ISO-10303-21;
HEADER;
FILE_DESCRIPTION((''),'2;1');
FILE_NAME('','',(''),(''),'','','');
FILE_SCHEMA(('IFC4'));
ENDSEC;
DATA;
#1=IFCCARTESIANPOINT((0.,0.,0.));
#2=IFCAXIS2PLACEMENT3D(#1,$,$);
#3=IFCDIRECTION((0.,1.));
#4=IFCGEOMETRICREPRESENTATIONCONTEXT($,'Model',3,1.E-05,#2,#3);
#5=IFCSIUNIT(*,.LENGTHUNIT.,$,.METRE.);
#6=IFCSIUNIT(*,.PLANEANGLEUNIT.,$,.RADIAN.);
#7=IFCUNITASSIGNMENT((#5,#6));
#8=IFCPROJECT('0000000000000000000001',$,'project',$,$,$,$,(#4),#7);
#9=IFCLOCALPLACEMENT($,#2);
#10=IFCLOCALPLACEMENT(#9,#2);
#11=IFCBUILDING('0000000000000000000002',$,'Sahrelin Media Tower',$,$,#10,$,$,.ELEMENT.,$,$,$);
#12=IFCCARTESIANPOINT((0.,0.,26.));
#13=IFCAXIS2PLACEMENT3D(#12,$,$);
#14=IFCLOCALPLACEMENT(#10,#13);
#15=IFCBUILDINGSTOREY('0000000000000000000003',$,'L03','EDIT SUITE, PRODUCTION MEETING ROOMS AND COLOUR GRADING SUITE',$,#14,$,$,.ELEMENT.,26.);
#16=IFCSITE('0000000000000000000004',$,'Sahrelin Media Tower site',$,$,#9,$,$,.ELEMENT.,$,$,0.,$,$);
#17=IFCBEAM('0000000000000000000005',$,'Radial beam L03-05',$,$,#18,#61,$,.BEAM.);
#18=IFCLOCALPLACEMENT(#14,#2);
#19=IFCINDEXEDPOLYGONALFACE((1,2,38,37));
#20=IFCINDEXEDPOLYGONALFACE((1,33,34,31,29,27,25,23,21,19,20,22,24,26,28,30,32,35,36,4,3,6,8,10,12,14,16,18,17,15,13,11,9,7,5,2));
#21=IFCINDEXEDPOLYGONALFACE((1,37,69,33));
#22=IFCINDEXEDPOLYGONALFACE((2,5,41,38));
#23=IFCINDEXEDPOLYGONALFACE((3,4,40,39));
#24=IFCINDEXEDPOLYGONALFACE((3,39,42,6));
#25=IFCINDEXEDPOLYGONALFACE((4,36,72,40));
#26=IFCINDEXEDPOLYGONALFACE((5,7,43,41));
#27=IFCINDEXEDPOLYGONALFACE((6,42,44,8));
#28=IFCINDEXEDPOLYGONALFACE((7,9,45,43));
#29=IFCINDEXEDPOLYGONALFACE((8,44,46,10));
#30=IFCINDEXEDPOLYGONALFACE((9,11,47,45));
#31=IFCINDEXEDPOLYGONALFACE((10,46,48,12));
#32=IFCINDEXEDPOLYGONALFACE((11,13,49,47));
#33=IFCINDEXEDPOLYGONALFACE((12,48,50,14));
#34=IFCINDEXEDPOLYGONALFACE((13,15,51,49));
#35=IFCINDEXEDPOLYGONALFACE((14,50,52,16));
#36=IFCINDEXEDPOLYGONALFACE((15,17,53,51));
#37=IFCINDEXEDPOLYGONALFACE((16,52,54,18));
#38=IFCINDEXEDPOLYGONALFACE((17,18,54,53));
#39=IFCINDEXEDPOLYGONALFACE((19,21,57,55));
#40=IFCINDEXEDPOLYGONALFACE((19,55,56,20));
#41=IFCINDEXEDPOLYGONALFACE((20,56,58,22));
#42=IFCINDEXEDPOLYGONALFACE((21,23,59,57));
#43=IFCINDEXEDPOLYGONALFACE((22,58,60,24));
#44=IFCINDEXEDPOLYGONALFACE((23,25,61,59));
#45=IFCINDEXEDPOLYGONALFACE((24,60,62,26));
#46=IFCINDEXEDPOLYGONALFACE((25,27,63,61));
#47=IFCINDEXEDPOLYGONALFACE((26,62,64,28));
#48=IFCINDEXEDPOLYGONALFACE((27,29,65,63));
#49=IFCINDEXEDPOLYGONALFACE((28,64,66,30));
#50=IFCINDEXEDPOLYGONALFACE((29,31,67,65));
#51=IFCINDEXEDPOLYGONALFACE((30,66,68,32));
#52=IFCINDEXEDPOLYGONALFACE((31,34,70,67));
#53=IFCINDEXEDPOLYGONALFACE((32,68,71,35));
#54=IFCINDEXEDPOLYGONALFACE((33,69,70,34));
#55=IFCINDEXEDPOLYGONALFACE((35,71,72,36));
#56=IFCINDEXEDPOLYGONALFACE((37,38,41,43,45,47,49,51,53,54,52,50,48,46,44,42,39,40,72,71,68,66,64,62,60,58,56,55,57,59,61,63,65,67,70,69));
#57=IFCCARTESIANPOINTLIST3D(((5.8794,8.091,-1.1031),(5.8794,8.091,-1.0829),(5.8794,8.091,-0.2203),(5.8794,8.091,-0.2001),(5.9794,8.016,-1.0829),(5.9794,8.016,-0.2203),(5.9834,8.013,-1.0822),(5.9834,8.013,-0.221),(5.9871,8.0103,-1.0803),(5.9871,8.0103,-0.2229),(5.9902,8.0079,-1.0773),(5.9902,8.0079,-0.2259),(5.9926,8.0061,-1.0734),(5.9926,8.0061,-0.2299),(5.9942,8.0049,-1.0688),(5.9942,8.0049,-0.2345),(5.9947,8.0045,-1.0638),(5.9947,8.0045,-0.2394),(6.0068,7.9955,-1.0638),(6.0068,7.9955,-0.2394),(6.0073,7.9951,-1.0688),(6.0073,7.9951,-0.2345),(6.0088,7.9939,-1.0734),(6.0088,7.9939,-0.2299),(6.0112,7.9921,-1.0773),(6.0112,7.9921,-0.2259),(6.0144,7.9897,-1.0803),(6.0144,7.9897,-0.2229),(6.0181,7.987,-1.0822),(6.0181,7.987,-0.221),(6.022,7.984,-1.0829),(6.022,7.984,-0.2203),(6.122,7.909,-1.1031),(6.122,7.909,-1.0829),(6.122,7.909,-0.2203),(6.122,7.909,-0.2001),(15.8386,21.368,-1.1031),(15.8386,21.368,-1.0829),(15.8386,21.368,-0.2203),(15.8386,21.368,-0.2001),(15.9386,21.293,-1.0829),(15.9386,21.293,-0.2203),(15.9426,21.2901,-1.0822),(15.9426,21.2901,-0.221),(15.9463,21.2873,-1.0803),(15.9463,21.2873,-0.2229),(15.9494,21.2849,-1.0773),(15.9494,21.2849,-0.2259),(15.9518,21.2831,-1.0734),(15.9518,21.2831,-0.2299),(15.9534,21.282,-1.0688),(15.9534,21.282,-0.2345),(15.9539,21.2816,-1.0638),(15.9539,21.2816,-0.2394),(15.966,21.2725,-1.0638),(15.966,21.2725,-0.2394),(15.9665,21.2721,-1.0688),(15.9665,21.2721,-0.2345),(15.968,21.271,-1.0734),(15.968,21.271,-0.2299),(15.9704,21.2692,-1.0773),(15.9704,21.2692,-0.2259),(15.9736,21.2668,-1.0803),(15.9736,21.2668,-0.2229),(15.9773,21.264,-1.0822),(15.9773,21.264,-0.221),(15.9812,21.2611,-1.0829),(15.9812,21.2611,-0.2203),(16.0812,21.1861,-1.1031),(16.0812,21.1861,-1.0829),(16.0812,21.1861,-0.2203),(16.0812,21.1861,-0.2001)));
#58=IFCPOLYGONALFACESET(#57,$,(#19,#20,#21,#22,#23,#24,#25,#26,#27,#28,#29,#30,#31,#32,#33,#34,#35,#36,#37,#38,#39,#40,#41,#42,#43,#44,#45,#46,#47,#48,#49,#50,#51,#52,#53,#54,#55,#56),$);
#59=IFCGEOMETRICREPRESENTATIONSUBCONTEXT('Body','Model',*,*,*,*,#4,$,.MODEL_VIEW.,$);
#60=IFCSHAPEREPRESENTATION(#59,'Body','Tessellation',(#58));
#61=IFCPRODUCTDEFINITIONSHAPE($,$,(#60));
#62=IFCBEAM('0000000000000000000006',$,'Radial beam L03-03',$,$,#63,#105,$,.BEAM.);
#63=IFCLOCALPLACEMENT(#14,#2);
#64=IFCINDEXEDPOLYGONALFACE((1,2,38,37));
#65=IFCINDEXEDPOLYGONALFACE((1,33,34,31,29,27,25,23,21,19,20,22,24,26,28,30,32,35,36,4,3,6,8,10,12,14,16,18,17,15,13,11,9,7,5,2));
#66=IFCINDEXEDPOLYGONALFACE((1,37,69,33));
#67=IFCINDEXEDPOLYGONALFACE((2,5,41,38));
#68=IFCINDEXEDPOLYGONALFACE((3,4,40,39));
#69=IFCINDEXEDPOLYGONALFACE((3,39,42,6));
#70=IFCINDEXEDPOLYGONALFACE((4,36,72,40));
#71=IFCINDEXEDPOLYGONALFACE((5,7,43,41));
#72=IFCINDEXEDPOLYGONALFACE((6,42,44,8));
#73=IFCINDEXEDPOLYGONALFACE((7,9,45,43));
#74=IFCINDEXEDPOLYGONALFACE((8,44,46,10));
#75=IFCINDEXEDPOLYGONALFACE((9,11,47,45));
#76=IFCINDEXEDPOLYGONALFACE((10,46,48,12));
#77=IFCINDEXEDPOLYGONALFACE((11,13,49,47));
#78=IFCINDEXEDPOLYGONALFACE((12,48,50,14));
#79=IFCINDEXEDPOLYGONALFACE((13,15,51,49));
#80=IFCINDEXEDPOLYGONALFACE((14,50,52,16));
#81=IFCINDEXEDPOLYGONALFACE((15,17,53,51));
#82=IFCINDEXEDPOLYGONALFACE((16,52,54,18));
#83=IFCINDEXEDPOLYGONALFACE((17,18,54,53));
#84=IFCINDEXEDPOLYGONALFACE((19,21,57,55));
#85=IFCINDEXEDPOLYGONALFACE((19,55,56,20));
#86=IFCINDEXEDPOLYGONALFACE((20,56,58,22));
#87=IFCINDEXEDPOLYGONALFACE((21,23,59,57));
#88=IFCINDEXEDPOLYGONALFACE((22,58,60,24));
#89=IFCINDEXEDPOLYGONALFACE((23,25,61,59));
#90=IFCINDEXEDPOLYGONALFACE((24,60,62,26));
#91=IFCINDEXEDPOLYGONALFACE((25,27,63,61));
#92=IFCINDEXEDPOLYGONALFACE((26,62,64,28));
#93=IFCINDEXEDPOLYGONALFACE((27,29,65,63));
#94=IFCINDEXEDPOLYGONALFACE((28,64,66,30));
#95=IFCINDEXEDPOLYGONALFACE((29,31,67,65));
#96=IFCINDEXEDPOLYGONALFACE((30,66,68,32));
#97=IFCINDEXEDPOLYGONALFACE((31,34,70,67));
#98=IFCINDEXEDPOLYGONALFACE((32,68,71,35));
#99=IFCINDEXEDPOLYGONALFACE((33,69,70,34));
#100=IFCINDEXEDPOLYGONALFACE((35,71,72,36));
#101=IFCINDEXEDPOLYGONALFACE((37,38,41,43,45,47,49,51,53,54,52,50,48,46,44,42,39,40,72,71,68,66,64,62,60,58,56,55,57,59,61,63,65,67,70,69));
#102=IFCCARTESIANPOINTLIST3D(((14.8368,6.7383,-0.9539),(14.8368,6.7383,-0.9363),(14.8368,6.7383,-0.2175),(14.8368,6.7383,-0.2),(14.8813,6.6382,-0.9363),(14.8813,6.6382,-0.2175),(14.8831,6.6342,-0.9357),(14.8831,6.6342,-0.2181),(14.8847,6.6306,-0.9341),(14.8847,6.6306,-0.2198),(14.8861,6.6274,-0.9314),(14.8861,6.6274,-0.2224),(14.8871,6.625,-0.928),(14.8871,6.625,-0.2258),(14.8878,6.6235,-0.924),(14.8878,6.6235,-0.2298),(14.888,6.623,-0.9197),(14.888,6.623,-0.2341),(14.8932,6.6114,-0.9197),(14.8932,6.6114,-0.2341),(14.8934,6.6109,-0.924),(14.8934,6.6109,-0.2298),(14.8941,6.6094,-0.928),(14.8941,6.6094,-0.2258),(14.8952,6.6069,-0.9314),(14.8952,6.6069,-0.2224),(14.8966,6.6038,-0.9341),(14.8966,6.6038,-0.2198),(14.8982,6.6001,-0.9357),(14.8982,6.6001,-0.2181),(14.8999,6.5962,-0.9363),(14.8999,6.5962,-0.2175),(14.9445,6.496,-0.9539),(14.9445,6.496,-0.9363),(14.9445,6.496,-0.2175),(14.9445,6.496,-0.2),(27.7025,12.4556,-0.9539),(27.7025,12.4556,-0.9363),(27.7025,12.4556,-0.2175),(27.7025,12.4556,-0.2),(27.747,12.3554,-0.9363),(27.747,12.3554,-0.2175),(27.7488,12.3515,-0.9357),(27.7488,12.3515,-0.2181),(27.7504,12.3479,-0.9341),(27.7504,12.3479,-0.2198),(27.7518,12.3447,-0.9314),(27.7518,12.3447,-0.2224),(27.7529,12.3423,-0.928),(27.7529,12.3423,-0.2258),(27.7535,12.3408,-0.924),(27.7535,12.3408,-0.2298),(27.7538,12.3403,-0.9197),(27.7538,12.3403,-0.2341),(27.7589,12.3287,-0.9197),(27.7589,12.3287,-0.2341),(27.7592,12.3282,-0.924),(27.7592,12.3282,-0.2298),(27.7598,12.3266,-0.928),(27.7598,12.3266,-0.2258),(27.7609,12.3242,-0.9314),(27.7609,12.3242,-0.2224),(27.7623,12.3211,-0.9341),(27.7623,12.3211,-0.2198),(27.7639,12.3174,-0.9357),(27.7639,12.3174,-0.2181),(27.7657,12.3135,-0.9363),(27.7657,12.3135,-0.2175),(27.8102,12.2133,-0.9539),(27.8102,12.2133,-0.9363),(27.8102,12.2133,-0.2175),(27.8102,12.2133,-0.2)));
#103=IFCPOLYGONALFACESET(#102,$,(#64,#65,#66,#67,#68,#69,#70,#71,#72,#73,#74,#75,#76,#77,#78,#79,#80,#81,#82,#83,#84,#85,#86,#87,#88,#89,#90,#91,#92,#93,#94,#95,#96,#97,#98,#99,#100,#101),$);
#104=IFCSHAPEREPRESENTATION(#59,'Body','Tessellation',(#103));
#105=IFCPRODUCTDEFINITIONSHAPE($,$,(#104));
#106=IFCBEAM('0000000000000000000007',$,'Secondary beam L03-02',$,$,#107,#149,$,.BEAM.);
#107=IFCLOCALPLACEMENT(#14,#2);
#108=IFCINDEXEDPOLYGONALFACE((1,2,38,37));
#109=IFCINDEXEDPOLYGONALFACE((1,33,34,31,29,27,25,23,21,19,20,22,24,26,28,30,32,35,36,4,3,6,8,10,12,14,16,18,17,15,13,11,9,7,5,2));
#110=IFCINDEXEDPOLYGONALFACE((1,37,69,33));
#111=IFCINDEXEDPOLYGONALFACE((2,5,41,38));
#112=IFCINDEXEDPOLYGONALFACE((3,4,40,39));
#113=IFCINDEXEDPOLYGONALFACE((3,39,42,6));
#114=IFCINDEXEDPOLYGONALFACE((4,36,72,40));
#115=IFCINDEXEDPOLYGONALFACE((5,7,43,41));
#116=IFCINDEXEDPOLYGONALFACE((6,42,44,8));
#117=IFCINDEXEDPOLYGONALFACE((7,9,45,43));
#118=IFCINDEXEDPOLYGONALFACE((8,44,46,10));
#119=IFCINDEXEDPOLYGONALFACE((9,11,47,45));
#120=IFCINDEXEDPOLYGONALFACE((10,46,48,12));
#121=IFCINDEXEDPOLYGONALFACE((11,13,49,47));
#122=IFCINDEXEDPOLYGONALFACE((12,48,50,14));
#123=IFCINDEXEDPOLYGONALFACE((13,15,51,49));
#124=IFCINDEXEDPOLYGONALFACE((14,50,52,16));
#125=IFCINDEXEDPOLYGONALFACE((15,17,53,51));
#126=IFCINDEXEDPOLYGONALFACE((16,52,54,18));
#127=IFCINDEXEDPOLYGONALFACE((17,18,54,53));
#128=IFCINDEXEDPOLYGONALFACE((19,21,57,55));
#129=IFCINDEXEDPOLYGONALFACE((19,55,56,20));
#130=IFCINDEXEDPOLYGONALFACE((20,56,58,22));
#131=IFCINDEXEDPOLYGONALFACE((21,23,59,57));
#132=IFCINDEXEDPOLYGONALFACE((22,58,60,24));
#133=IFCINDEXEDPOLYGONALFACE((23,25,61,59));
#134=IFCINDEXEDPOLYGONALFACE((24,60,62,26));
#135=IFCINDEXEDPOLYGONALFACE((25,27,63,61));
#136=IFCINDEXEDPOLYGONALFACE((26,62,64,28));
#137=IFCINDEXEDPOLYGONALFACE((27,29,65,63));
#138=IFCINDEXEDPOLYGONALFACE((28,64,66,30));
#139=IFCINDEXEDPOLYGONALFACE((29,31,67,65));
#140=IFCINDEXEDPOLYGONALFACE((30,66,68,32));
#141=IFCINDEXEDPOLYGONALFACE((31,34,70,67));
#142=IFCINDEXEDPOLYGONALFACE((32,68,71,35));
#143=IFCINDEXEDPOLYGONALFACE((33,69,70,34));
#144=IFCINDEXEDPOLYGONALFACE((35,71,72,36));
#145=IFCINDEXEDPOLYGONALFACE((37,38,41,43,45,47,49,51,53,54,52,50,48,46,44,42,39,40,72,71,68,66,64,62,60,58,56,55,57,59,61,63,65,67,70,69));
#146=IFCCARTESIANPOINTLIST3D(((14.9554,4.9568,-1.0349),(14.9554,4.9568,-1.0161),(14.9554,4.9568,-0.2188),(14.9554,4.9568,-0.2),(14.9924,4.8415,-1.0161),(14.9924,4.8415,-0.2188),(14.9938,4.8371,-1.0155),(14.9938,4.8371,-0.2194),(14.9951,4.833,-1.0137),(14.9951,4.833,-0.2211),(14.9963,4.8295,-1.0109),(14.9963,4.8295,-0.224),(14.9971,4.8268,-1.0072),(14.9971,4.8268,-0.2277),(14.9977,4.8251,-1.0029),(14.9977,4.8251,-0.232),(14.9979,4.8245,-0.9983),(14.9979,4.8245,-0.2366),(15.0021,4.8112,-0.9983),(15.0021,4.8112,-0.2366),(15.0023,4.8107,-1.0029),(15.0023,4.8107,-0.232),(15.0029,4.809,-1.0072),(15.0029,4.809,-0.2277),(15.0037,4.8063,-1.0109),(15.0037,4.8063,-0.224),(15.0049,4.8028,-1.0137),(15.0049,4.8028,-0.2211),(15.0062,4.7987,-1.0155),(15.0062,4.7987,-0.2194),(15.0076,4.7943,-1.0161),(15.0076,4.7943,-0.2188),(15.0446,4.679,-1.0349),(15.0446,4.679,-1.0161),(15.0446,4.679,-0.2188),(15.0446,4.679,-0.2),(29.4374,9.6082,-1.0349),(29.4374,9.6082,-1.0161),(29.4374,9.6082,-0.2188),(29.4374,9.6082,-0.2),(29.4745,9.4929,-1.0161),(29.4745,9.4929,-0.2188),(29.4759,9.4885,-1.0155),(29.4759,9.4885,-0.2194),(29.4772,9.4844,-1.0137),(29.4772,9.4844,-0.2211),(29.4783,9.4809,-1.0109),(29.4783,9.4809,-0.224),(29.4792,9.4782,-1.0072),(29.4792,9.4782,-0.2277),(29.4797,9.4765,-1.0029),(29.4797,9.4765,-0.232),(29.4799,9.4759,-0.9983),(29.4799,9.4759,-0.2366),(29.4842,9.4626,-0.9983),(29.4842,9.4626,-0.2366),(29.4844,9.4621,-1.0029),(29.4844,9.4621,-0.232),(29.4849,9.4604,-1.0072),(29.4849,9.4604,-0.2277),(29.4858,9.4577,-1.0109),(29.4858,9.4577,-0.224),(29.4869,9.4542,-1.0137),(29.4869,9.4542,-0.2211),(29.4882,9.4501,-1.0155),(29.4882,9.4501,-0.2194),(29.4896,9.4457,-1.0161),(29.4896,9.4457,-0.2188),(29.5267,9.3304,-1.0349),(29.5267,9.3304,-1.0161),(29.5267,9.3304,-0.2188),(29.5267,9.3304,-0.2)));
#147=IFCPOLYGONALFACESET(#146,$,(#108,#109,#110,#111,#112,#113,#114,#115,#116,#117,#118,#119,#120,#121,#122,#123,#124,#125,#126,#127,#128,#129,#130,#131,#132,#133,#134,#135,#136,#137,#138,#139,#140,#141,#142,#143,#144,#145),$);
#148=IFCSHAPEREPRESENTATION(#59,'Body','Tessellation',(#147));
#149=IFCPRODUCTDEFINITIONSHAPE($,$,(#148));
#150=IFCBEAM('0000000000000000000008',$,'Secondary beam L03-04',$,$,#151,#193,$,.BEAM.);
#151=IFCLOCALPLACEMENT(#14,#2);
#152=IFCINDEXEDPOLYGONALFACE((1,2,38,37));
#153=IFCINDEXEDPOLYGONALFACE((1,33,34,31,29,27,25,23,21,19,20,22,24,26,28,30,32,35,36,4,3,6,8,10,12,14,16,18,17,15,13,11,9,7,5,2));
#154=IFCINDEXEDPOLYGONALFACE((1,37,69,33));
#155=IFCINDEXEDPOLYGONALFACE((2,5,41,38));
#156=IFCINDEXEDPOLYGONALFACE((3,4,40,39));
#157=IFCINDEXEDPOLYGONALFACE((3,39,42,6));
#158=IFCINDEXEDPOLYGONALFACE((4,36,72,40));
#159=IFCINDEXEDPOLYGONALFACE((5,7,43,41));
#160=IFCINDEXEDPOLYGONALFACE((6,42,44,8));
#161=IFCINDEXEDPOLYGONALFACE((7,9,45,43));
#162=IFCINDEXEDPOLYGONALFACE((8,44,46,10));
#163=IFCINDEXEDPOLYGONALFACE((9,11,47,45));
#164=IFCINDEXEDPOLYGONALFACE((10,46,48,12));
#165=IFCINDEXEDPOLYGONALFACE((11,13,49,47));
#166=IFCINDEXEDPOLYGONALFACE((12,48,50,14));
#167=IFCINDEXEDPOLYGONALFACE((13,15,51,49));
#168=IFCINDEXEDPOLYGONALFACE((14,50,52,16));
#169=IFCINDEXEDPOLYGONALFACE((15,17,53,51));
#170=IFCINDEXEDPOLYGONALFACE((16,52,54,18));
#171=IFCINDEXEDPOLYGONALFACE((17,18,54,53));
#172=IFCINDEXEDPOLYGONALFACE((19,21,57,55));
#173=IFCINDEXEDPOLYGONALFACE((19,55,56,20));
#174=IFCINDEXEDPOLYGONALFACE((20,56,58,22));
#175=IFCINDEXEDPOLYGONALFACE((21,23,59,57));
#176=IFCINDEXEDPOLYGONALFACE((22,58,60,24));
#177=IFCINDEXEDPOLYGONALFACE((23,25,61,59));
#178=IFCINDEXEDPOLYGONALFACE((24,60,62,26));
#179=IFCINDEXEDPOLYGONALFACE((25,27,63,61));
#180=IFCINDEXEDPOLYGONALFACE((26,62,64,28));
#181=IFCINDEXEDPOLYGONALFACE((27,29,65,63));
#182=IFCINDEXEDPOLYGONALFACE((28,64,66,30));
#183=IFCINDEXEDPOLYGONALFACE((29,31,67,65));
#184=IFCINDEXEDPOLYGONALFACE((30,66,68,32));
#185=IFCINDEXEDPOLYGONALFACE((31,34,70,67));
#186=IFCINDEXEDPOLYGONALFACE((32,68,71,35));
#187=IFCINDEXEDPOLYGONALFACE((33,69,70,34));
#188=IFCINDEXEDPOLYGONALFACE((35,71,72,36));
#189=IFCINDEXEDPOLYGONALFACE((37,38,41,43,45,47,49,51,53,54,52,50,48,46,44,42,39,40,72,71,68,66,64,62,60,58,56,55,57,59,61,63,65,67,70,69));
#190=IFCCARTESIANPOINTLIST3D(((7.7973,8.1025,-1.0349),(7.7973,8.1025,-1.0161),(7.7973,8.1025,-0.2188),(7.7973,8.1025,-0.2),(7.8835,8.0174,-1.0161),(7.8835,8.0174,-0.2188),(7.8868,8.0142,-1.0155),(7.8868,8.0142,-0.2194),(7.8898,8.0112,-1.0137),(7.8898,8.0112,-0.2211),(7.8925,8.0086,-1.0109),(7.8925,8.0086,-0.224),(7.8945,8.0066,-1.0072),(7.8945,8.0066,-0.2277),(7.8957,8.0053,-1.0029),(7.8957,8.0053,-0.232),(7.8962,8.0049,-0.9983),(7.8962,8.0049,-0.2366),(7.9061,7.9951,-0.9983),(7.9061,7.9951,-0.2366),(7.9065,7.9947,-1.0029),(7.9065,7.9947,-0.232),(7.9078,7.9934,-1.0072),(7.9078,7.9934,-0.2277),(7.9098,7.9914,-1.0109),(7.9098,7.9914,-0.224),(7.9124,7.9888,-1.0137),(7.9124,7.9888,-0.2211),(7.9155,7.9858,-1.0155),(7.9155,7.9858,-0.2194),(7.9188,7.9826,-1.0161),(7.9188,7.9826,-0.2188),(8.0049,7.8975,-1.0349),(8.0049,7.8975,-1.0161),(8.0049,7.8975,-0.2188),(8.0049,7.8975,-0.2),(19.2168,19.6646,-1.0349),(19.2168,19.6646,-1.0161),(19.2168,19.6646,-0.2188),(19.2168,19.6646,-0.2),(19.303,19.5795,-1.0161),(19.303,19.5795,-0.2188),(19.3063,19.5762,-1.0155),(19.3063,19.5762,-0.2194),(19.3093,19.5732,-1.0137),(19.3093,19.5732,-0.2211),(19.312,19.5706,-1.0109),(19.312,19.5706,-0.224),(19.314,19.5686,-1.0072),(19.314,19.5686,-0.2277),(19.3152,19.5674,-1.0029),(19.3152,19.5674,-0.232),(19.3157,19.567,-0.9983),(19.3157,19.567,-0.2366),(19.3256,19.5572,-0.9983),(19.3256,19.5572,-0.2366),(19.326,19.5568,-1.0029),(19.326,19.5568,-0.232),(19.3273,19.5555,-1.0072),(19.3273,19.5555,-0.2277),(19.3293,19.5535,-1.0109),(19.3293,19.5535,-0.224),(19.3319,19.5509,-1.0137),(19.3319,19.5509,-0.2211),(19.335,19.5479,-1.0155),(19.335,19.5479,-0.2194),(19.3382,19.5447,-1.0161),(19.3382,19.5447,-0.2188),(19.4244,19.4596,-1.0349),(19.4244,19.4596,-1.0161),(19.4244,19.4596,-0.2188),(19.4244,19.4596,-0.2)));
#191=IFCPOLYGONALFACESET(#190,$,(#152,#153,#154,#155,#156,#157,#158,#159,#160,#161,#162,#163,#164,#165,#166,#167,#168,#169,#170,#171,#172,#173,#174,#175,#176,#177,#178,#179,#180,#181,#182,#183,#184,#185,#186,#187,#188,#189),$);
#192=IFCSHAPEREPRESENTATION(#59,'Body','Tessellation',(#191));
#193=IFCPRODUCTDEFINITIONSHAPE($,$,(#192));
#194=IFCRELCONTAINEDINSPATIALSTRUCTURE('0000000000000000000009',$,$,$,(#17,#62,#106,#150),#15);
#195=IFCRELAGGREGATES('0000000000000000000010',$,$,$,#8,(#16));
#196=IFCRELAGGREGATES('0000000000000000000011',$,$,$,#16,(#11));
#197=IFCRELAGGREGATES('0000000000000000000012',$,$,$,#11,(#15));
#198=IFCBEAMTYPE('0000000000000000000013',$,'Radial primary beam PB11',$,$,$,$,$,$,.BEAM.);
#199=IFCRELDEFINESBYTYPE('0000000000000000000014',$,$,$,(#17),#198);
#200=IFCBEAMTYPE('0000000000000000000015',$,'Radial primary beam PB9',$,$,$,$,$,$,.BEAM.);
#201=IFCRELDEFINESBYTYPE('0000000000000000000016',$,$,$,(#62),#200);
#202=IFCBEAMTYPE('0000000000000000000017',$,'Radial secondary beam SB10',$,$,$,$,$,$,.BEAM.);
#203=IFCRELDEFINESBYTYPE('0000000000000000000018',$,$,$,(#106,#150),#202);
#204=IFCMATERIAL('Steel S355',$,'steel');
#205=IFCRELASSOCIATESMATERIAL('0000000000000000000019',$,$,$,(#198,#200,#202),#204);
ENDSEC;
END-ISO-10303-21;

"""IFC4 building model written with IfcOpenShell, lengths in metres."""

from ifc_helpers import new_model, si_unit, direction, frame, origin, origin_2d, place, context, subcontext, project, spatial, i_section, extrude, material, material_profile, profile_set, type_object, element, save


model = new_model("IFC4")

# Units and contexts
model_context = context("Model", 3, precision=1e-05, world=origin(), true_north=direction((0.0, 1.0)))
body_context = subcontext(model_context, "Body", "Model", "MODEL_VIEW")
ifc_project = project(units=[si_unit("LENGTHUNIT", "METRE"), si_unit("PLANEANGLEUNIT", "RADIAN")], contexts=[model_context])

# Site, building, storey
site_placement = place(None, origin())
site = spatial("IfcSite", under=ifc_project, at=site_placement, Name="Sahrelin Media Tower site", CompositionType="ELEMENT", RefElevation=0.0)
building_placement = place(site_placement, origin())
building = spatial("IfcBuilding", under=site, at=building_placement, Name="Sahrelin Media Tower", CompositionType="ELEMENT")
storey_placement = place(building_placement, frame((0.0, 0.0, 26.0)))
storey = spatial("IfcBuildingStorey", under=building, at=storey_placement, Name="L03", Description="EDIT SUITE, PRODUCTION MEETING ROOMS AND COLOUR GRADING SUITE", CompositionType="ELEMENT", Elevation=26.0)

# Beams
ifc_material_1 = material(Name="Steel S355", Category="steel")
ifc_material_profile_1 = material_profile(ifc_material_1, i_section(OverallWidth=0.3032, OverallDepth=0.9031, WebThickness=0.0151, FlangeThickness=0.0203, FilletRadius=0.019, at=origin_2d()), Name="UB 914x305x201")
ifc_profile_set_1 = profile_set([ifc_material_profile_1], Name="Steel S355")
beam_type_1 = type_object("IfcBeamType", Name="Radial primary beam PB11", PredefinedType="BEAM", material=ifc_profile_set_1)
beam_1_placement = place(storey_placement, frame((6.0007, 8.0, -0.6516), z_axis=(0.600054, 0.799959, 0.0), x_axis=(-0.799959, 0.600054, 0.0)))
element("IfcBeam", 1, at=beam_1_placement, inside=storey, type_object=beam_type_1, Name="Radial beam L03-05", PredefinedType="BEAM", context=body_context, shape_type="SweptSolid", body=[
    extrude(i_section(OverallWidth=0.3032, OverallDepth=0.9031, WebThickness=0.0151, FlangeThickness=0.0203, FilletRadius=0.019, at=origin_2d()), origin(), (0.0, 0.0, 1.0), 16.5972),
])
ifc_material_profile_2 = material_profile(ifc_material_1, i_section(OverallWidth=0.2651, OverallDepth=0.7539, WebThickness=0.0127, FlangeThickness=0.0176, FilletRadius=0.0166, at=origin_2d()), Name="UB 762x267x147")
ifc_profile_set_2 = profile_set([ifc_material_profile_2], Name="Steel S355")
beam_type_2 = type_object("IfcBeamType", Name="Radial primary beam PB9", PredefinedType="BEAM", material=ifc_profile_set_2)
beam_2_placement = place(storey_placement, frame((14.8906, 6.6172, -0.5769), z_axis=(0.913833, 0.40609, 0.0), x_axis=(-0.40609, 0.913833, 0.0)))
element("IfcBeam", 2, at=beam_2_placement, inside=storey, type_object=beam_type_2, Name="Radial beam L03-03", PredefinedType="BEAM", context=body_context, shape_type="SweptSolid", body=[
    extrude(i_section(OverallWidth=0.2651, OverallDepth=0.7539, WebThickness=0.0127, FlangeThickness=0.0176, FilletRadius=0.0166, at=origin_2d()), origin(), (0.0, 0.0, 1.0), 14.0789),
])
ifc_material_profile_3 = material_profile(ifc_material_1, i_section(OverallWidth=0.2917, OverallDepth=0.835, WebThickness=0.0139, FlangeThickness=0.0188, FilletRadius=0.0178, at=origin_2d()), Name="UB 838x292x176")
ifc_profile_set_3 = profile_set([ifc_material_profile_3], Name="Steel S355")
beam_type_3 = type_object("IfcBeamType", Name="Radial secondary beam SB10", PredefinedType="BEAM", material=ifc_profile_set_3)
beam_3_placement = place(storey_placement, frame((15.0, 4.8179, -0.6174), z_axis=(0.952096, 0.305798, 0.0), x_axis=(-0.305798, 0.952096, 0.0)))
element("IfcBeam", 3, at=beam_3_placement, inside=storey, type_object=beam_type_3, Name="Secondary beam L03-02", PredefinedType="BEAM", context=body_context, shape_type="SweptSolid", body=[
    extrude(i_section(OverallWidth=0.2917, OverallDepth=0.835, WebThickness=0.0139, FlangeThickness=0.0188, FilletRadius=0.0178, at=origin_2d()), origin(), (0.0, 0.0, 1.0), 15.2107),
])
beam_4_placement = place(storey_placement, frame((7.9011, 8.0, -0.6174), z_axis=(0.702706, 0.71148, 0.0), x_axis=(-0.71148, 0.702706, 0.0)))
element("IfcBeam", 4, at=beam_4_placement, inside=storey, type_object=beam_type_3, Name="Secondary beam L03-04", PredefinedType="BEAM", context=body_context, shape_type="SweptSolid", body=[
    extrude(i_section(OverallWidth=0.2917, OverallDepth=0.835, WebThickness=0.0139, FlangeThickness=0.0188, FilletRadius=0.0178, at=origin_2d()), origin(), (0.0, 0.0, 1.0), 16.2507),
])

save(model, "model.ifc")
